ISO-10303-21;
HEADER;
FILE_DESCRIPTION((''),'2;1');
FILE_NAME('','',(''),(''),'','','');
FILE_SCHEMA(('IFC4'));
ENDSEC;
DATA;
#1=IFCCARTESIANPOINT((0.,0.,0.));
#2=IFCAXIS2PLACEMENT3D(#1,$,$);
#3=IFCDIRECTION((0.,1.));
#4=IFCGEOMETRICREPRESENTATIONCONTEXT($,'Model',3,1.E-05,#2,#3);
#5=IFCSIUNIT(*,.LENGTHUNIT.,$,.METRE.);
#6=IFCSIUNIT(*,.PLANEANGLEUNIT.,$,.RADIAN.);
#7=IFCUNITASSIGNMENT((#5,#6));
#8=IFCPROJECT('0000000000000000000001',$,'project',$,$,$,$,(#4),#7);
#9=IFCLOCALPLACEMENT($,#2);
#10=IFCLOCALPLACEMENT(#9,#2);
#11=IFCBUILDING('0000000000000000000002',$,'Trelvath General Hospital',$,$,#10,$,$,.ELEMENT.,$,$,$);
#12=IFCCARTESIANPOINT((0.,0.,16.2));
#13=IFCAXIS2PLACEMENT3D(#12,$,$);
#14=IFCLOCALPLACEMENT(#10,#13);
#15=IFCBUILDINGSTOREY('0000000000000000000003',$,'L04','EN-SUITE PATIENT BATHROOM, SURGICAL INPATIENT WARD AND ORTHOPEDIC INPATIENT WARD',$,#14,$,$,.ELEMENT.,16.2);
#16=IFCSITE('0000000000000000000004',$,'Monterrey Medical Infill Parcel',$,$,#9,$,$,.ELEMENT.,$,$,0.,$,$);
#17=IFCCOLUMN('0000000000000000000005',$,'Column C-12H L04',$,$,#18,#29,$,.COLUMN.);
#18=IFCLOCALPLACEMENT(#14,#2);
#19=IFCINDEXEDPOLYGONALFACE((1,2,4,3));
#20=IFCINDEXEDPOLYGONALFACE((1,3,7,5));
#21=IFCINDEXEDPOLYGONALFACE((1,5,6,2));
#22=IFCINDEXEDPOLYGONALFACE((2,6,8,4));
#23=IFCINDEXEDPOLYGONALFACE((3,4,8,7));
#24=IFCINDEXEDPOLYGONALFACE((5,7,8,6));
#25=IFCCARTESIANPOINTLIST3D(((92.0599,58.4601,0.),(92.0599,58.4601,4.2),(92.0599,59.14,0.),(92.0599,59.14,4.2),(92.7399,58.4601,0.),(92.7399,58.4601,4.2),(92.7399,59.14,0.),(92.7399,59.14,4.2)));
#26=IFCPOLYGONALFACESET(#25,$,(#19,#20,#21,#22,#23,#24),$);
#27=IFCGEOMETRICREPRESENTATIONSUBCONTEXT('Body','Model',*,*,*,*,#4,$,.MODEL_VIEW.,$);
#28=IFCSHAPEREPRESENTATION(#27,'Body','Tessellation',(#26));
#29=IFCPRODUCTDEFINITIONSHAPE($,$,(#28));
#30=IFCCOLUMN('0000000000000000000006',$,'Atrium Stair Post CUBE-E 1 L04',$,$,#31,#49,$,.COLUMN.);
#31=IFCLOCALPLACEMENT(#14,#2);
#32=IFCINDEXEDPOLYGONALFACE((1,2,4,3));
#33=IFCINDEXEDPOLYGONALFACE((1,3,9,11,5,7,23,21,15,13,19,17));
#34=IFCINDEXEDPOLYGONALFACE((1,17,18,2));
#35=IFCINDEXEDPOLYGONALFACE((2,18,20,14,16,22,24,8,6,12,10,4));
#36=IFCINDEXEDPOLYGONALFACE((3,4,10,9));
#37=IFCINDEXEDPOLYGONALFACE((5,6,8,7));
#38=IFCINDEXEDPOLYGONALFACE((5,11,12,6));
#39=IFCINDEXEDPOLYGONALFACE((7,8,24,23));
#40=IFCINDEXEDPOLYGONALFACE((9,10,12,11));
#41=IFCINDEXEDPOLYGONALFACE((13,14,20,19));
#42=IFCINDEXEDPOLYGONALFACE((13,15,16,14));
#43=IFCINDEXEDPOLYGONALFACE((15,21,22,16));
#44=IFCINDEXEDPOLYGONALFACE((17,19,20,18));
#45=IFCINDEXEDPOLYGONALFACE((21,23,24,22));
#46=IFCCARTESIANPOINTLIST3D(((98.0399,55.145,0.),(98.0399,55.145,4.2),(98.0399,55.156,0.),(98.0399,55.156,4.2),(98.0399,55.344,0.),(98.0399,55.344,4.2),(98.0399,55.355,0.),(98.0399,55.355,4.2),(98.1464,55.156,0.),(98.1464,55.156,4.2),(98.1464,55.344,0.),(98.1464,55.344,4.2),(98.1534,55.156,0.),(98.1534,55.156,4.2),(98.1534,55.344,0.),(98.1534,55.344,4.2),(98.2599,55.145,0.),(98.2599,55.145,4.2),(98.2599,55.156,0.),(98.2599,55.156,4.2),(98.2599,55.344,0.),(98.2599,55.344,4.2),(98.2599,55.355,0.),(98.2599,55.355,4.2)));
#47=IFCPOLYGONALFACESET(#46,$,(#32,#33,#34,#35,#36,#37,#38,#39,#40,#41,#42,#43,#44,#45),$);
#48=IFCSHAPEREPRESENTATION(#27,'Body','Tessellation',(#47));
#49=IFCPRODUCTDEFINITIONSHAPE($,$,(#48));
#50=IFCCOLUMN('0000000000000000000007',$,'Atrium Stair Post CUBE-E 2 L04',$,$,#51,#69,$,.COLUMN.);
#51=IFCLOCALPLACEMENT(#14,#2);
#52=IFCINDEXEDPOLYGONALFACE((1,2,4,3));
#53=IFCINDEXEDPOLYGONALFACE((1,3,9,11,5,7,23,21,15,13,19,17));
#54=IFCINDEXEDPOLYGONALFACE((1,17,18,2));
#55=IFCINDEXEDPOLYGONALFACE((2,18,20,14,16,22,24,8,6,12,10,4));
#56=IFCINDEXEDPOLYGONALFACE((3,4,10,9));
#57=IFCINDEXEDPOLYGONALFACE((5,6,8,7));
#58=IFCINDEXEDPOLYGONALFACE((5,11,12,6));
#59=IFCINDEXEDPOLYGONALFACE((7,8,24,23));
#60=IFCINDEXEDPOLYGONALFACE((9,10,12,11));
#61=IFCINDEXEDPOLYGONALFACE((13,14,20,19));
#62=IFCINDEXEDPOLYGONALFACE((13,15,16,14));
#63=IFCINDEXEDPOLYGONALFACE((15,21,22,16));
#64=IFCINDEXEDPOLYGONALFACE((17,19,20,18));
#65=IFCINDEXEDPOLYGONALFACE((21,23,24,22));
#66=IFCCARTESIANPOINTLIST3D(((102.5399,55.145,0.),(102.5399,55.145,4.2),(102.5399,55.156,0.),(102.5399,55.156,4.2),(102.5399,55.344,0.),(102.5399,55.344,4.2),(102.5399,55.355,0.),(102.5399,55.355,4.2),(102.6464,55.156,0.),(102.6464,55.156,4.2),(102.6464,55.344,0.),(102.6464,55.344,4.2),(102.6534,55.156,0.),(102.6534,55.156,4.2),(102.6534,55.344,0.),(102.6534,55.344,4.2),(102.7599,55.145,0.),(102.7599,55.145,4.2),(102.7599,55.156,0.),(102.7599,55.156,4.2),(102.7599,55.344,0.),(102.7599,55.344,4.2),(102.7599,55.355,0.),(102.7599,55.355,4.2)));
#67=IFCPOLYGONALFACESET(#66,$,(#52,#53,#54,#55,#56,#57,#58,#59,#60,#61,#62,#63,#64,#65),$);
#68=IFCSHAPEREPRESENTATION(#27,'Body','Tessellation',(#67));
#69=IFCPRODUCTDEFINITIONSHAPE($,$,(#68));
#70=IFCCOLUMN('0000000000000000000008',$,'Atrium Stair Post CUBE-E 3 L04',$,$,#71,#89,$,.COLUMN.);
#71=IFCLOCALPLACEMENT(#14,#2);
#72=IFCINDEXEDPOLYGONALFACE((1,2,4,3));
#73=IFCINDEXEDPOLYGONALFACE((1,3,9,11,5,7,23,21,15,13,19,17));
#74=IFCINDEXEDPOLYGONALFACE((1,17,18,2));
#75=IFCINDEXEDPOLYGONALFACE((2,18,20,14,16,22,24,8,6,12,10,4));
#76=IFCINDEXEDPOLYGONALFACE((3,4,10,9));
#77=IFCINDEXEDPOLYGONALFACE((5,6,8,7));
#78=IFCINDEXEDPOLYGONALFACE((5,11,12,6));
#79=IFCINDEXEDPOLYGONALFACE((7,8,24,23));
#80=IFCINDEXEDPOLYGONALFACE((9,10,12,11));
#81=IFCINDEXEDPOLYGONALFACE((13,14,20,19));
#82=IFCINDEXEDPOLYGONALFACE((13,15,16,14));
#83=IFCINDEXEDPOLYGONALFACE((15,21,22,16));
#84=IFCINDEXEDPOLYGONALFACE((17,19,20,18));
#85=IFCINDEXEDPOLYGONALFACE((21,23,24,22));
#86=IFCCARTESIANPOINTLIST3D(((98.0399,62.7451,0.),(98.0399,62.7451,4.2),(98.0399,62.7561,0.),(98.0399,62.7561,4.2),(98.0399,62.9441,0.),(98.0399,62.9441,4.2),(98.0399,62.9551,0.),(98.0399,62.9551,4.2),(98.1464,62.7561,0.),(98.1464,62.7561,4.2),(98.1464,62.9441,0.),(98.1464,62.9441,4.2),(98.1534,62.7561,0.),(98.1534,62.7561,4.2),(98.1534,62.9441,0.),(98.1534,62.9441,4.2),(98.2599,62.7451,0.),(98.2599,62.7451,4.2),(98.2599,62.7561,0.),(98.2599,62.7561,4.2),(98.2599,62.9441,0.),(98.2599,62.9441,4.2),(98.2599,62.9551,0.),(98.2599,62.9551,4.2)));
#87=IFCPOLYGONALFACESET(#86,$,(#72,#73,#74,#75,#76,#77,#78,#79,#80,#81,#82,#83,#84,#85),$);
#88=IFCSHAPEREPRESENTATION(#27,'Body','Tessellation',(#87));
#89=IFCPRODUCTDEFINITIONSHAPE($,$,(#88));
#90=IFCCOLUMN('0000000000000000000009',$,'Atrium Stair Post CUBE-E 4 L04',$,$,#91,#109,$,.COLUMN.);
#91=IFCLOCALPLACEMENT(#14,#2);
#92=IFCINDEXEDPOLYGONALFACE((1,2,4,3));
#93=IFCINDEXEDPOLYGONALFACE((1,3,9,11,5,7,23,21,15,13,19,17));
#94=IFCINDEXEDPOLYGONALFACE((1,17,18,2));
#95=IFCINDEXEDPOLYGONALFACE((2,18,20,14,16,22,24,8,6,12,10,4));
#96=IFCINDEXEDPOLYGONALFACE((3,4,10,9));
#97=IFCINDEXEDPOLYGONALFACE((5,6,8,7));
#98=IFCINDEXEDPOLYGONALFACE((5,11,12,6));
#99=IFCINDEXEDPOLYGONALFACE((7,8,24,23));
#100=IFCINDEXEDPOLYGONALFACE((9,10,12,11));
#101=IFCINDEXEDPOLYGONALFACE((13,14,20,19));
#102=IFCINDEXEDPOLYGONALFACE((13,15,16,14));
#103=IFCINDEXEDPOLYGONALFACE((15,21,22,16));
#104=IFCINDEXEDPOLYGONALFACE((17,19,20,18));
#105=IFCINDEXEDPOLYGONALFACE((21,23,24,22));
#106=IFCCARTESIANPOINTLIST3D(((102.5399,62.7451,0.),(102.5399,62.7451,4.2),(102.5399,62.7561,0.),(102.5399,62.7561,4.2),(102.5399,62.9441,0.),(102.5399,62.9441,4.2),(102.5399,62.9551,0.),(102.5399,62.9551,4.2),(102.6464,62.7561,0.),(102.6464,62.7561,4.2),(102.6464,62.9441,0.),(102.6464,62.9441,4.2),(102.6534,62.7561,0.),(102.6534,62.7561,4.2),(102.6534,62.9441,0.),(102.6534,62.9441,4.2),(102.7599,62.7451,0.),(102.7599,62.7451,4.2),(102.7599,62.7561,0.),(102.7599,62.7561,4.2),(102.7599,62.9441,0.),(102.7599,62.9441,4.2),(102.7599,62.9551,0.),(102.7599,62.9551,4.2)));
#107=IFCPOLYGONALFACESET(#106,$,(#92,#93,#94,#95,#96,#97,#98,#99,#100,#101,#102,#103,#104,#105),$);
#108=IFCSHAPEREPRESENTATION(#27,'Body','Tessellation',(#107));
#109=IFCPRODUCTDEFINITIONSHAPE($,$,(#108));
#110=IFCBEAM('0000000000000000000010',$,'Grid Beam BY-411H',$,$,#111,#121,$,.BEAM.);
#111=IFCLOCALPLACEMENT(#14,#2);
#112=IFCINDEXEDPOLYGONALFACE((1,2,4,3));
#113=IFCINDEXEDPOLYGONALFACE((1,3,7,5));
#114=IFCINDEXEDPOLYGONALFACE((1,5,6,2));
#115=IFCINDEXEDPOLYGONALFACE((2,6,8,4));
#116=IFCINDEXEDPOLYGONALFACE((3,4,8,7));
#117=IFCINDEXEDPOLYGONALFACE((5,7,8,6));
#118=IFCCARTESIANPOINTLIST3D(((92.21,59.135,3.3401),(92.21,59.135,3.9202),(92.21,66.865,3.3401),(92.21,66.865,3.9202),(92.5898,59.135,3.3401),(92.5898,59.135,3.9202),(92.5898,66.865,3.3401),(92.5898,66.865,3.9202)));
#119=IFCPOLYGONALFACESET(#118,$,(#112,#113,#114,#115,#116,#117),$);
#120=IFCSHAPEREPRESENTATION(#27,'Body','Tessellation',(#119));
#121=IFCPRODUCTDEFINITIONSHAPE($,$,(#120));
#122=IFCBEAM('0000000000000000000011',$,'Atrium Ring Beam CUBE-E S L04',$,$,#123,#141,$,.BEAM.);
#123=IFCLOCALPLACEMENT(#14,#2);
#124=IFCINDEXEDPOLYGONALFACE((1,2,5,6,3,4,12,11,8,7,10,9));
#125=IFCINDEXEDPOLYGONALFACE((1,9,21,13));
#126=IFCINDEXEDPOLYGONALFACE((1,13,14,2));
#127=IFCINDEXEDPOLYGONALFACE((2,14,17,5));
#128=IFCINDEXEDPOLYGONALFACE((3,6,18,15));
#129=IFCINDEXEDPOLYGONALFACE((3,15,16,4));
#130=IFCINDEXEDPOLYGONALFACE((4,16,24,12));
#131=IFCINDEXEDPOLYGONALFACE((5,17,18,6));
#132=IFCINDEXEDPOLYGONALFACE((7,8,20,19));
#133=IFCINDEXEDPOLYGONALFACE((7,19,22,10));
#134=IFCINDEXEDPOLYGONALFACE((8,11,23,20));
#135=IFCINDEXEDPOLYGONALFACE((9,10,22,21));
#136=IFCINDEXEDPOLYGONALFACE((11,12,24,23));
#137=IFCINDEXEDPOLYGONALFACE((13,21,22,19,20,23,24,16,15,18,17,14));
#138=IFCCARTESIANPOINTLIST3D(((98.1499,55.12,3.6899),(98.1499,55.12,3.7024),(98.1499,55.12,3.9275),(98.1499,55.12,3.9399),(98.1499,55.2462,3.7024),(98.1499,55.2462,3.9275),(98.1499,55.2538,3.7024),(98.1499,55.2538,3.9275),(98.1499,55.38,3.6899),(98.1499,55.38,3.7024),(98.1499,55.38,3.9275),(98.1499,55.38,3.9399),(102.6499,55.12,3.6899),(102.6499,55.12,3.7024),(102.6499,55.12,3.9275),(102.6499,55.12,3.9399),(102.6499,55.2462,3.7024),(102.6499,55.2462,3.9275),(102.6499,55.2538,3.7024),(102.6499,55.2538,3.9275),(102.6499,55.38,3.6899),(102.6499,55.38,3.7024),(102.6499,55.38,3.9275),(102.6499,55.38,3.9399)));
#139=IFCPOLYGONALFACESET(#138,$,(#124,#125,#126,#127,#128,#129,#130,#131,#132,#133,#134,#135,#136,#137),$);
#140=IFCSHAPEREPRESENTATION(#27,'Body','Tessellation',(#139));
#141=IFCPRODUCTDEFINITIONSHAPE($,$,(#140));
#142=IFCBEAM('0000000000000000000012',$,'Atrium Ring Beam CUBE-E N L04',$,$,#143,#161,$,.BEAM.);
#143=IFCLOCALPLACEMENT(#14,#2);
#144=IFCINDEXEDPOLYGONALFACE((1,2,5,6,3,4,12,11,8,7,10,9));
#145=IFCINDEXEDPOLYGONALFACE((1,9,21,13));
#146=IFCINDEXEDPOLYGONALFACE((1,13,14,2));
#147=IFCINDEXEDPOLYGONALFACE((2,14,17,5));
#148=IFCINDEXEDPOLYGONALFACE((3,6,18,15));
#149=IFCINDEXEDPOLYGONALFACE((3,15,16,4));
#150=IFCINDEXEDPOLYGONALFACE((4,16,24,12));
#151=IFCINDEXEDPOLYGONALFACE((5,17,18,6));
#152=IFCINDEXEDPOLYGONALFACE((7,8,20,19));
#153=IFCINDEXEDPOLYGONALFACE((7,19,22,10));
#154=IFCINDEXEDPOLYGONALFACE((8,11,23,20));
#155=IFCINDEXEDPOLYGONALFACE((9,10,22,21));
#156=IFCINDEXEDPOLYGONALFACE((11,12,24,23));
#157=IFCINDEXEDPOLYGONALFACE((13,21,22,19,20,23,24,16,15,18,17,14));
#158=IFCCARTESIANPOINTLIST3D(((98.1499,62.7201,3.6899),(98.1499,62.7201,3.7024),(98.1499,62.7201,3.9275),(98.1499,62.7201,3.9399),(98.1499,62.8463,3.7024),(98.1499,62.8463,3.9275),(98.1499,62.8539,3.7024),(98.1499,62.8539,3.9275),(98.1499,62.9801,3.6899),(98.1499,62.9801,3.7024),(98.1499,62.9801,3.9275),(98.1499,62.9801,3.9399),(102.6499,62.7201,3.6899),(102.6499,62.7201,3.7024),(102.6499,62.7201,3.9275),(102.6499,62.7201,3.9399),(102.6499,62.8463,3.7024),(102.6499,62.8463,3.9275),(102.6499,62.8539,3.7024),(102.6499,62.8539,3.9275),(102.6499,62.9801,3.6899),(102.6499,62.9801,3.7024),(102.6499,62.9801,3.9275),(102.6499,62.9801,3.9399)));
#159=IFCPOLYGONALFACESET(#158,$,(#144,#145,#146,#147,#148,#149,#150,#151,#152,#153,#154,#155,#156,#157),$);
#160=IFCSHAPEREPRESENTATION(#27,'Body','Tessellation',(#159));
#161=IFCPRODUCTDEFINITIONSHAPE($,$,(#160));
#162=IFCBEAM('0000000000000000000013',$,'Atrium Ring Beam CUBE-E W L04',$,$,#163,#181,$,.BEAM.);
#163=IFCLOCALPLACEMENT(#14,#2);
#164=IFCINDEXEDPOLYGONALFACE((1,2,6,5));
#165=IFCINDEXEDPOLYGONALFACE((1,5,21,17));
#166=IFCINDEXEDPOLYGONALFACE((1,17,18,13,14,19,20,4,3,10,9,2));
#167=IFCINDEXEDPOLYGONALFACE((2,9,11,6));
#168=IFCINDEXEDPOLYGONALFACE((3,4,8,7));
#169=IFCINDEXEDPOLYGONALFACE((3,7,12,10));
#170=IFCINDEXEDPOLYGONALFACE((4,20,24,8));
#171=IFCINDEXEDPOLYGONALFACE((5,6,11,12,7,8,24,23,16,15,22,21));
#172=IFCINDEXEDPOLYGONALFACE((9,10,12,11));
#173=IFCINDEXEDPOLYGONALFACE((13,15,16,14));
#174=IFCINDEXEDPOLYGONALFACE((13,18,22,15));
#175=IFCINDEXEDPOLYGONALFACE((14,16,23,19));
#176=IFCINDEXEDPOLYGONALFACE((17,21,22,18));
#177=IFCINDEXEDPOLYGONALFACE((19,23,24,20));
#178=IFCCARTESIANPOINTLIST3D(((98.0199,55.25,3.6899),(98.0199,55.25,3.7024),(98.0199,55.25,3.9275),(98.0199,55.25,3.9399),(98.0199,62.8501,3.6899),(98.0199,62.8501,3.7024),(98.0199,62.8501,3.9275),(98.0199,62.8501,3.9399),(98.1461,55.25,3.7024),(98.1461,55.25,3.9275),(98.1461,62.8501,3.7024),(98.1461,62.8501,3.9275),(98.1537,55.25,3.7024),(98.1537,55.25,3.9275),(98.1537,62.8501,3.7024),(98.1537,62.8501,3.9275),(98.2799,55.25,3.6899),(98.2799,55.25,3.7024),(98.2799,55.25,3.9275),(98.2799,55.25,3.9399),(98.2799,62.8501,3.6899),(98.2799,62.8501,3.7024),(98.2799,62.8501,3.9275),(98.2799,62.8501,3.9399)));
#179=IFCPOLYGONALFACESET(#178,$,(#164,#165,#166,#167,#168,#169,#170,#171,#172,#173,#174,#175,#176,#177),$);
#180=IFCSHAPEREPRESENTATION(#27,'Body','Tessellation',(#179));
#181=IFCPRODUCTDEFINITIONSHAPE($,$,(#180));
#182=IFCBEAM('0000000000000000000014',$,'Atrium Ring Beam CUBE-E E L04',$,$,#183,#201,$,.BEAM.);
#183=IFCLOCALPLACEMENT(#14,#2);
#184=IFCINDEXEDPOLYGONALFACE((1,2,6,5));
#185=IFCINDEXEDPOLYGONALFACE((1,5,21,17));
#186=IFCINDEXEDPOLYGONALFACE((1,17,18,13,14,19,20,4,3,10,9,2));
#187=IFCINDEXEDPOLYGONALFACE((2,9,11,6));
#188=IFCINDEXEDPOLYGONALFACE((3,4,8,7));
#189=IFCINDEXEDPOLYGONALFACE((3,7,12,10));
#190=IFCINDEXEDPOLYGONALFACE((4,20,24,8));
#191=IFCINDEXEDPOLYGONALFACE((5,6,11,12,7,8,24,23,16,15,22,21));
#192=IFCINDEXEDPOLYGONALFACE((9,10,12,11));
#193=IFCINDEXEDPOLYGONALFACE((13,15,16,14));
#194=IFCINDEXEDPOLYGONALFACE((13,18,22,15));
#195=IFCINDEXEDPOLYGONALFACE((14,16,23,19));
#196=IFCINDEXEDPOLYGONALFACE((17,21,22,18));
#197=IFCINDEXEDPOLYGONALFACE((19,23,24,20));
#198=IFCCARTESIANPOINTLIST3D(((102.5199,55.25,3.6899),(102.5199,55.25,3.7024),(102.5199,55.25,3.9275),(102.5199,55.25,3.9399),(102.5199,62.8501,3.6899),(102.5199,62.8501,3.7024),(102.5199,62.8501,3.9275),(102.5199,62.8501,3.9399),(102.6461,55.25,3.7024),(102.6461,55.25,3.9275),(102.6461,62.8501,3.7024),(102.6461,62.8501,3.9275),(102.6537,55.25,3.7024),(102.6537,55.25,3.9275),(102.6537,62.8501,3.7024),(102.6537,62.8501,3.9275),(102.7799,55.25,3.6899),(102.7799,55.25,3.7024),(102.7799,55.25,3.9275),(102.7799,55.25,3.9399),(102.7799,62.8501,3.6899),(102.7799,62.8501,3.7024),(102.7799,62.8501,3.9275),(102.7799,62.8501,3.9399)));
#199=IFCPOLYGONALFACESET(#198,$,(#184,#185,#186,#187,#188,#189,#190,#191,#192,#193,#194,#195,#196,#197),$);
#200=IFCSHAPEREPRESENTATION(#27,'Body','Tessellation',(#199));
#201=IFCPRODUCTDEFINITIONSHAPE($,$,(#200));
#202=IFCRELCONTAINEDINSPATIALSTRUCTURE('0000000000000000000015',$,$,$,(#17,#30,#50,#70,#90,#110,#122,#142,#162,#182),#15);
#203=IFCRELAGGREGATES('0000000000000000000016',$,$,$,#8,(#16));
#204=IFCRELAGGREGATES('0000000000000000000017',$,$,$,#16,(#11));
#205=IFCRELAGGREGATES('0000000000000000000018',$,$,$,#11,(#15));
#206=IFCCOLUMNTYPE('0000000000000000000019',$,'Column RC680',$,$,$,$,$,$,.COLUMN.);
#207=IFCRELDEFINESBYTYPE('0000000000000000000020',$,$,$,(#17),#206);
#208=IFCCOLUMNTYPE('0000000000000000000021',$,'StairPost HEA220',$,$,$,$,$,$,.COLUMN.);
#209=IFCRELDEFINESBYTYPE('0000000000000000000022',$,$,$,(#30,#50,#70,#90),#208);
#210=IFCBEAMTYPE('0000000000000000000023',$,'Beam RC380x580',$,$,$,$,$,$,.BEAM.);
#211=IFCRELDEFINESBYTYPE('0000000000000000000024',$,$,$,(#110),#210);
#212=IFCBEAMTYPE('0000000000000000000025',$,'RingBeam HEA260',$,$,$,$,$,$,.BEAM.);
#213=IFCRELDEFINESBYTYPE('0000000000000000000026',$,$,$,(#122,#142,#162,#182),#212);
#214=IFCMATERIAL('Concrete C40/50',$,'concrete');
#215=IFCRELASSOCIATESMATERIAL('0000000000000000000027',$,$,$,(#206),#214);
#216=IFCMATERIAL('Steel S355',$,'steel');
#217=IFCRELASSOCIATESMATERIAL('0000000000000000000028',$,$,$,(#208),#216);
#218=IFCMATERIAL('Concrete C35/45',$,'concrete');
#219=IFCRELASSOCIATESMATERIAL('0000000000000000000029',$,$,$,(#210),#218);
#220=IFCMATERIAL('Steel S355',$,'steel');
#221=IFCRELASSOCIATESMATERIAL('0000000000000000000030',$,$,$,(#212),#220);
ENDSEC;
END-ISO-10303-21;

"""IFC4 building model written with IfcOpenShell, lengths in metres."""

from ifc_helpers import new_model, si_unit, direction, frame, origin, origin_2d, place, context, subcontext, project, spatial, rectangle, i_section, extrude, material, material_profile, profile_set, type_object, element, save


model = new_model("IFC4")

# Units and contexts
model_context = context("Model", 3, precision=1e-05, world=origin(), true_north=direction((0.0, 1.0)))
body_context = subcontext(model_context, "Body", "Model", "MODEL_VIEW")
ifc_project = project(units=[si_unit("LENGTHUNIT", "METRE"), si_unit("PLANEANGLEUNIT", "RADIAN")], contexts=[model_context])

# Site, building, storey
site_placement = place(None, origin())
site = spatial("IfcSite", under=ifc_project, at=site_placement, Name="Monterrey Medical Infill Parcel", CompositionType="ELEMENT", RefElevation=0.0)
building_placement = place(site_placement, origin())
building = spatial("IfcBuilding", under=site, at=building_placement, Name="Trelvath General Hospital", CompositionType="ELEMENT")
storey_placement = place(building_placement, frame((0.0, 0.0, 16.2)))
storey = spatial("IfcBuildingStorey", under=building, at=storey_placement, Name="L04", Description="EN-SUITE PATIENT BATHROOM, SURGICAL INPATIENT WARD AND ORTHOPEDIC INPATIENT WARD", CompositionType="ELEMENT", Elevation=16.2)

# Columns
ifc_material_1 = material(Name="Concrete C40/50", Category="concrete")
ifc_material_profile_1 = material_profile(ifc_material_1, rectangle(XDim=0.6799, YDim=0.6799, at=origin_2d()), Name="RC680x680")
ifc_profile_set_1 = profile_set([ifc_material_profile_1], Name="Concrete C40/50")
column_type_1 = type_object("IfcColumnType", Name="Column RC680", PredefinedType="COLUMN", material=ifc_profile_set_1)
column_placement = place(storey_placement, frame((92.3999, 58.8, 0.0), z_axis=(0.0, 0.0, 1.0), x_axis=(1.0, 0.0, 0.0)))
element("IfcColumn", 1, at=column_placement, inside=storey, type_object=column_type_1, Name="Column C-12H L04", PredefinedType="COLUMN", context=body_context, shape_type="SweptSolid", body=[
    extrude(rectangle(XDim=0.6799, YDim=0.6799, at=origin_2d()), origin(), (0.0, 0.0, 1.0), 4.2),
])
ifc_material_2 = material(Name="Steel S355", Category="steel")
ifc_material_profile_2 = material_profile(ifc_material_2, i_section(OverallWidth=0.22, OverallDepth=0.21, WebThickness=0.0071, FlangeThickness=0.011, at=origin_2d()), Name="HEA220")
ifc_profile_set_2 = profile_set([ifc_material_profile_2], Name="Steel S355")
column_type_2 = type_object("IfcColumnType", Name="StairPost HEA220", PredefinedType="COLUMN", material=ifc_profile_set_2)
for number, where, z_axis, x_axis, name in (
    (2, (98.1499, 55.25, 0.0), (0.0, 0.0, 1.0), (1.0, 0.0, 0.0), "Atrium Stair Post CUBE-E 1 L04"),
    (3, (102.6499, 55.25, 0.0), (0.0, 0.0, 1.0), (1.0, 0.0, 0.0), "Atrium Stair Post CUBE-E 2 L04"),
    (4, (98.1499, 62.8501, 0.0), (0.0, 0.0, 1.0), (1.0, 0.0, 0.0), "Atrium Stair Post CUBE-E 3 L04"),
    (5, (102.6499, 62.8501, 0.0), (0.0, 0.0, 1.0), (1.0, 0.0, 0.0), "Atrium Stair Post CUBE-E 4 L04"),
):
    element("IfcColumn", number, at=place(storey_placement, frame(where, z_axis=z_axis, x_axis=x_axis)), inside=storey, type_object=column_type_2, Name=name, PredefinedType="COLUMN", context=body_context, shape_type="SweptSolid", body=[
        extrude(i_section(OverallWidth=0.22, OverallDepth=0.21, WebThickness=0.0071, FlangeThickness=0.011, at=origin_2d()), origin(), (0.0, 0.0, 1.0), 4.2),
    ])

# Beams
ifc_material_3 = material(Name="Concrete C35/45", Category="concrete")
ifc_material_profile_3 = material_profile(ifc_material_3, rectangle(XDim=0.3799, YDim=0.5801, at=origin_2d()), Name="RCB380x580")
ifc_profile_set_3 = profile_set([ifc_material_profile_3], Name="Concrete C35/45")
beam_type_1 = type_object("IfcBeamType", Name="Beam RC380x580", PredefinedType="BEAM", material=ifc_profile_set_3)
beam_placement = place(storey_placement, frame((92.3999, 59.135, 3.6301), z_axis=(0.0, 1.0, 0.0), x_axis=(-1.0, 0.0, 0.0)))
element("IfcBeam", 6, at=beam_placement, inside=storey, type_object=beam_type_1, Name="Grid Beam BY-411H", PredefinedType="BEAM", context=body_context, shape_type="SweptSolid", body=[
    extrude(rectangle(XDim=0.3799, YDim=0.5801, at=origin_2d()), origin(), (0.0, 0.0, 1.0), 7.73),
])
ifc_material_4 = material(Name="Steel S355", Category="steel")
ifc_material_profile_4 = material_profile(ifc_material_4, i_section(OverallWidth=0.26, OverallDepth=0.25, WebThickness=0.0076, FlangeThickness=0.0125, at=origin_2d()), Name="HEA260")
ifc_profile_set_4 = profile_set([ifc_material_profile_4], Name="Steel S355")
beam_type_2 = type_object("IfcBeamType", Name="RingBeam HEA260", PredefinedType="BEAM", material=ifc_profile_set_4)
for number, where, z_axis, x_axis, name in (
    (7, (98.1499, 55.25, 3.8149), (1.0, 0.0, 0.0), (0.0, 1.0, 0.0), "Atrium Ring Beam CUBE-E S L04"),
    (8, (98.1499, 62.8501, 3.8149), (1.0, 0.0, 0.0), (0.0, 1.0, 0.0), "Atrium Ring Beam CUBE-E N L04"),
):
    element("IfcBeam", number, at=place(storey_placement, frame(where, z_axis=z_axis, x_axis=x_axis)), inside=storey, type_object=beam_type_2, Name=name, PredefinedType="BEAM", context=body_context, shape_type="SweptSolid", body=[
        extrude(i_section(OverallWidth=0.26, OverallDepth=0.25, WebThickness=0.0076, FlangeThickness=0.0125, at=origin_2d()), origin(), (0.0, 0.0, 1.0), 4.5),
    ])
for number, where, z_axis, x_axis, name in (
    (9, (98.1499, 55.25, 3.8149), (0.0, 1.0, 0.0), (-1.0, 0.0, 0.0), "Atrium Ring Beam CUBE-E W L04"),
    (10, (102.6499, 55.25, 3.8149), (0.0, 1.0, 0.0), (-1.0, 0.0, 0.0), "Atrium Ring Beam CUBE-E E L04"),
):
    element("IfcBeam", number, at=place(storey_placement, frame(where, z_axis=z_axis, x_axis=x_axis)), inside=storey, type_object=beam_type_2, Name=name, PredefinedType="BEAM", context=body_context, shape_type="SweptSolid", body=[
        extrude(i_section(OverallWidth=0.26, OverallDepth=0.25, WebThickness=0.0076, FlangeThickness=0.0125, at=origin_2d()), origin(), (0.0, 0.0, 1.0), 7.6001),
    ])

save(model, "model.ifc")
